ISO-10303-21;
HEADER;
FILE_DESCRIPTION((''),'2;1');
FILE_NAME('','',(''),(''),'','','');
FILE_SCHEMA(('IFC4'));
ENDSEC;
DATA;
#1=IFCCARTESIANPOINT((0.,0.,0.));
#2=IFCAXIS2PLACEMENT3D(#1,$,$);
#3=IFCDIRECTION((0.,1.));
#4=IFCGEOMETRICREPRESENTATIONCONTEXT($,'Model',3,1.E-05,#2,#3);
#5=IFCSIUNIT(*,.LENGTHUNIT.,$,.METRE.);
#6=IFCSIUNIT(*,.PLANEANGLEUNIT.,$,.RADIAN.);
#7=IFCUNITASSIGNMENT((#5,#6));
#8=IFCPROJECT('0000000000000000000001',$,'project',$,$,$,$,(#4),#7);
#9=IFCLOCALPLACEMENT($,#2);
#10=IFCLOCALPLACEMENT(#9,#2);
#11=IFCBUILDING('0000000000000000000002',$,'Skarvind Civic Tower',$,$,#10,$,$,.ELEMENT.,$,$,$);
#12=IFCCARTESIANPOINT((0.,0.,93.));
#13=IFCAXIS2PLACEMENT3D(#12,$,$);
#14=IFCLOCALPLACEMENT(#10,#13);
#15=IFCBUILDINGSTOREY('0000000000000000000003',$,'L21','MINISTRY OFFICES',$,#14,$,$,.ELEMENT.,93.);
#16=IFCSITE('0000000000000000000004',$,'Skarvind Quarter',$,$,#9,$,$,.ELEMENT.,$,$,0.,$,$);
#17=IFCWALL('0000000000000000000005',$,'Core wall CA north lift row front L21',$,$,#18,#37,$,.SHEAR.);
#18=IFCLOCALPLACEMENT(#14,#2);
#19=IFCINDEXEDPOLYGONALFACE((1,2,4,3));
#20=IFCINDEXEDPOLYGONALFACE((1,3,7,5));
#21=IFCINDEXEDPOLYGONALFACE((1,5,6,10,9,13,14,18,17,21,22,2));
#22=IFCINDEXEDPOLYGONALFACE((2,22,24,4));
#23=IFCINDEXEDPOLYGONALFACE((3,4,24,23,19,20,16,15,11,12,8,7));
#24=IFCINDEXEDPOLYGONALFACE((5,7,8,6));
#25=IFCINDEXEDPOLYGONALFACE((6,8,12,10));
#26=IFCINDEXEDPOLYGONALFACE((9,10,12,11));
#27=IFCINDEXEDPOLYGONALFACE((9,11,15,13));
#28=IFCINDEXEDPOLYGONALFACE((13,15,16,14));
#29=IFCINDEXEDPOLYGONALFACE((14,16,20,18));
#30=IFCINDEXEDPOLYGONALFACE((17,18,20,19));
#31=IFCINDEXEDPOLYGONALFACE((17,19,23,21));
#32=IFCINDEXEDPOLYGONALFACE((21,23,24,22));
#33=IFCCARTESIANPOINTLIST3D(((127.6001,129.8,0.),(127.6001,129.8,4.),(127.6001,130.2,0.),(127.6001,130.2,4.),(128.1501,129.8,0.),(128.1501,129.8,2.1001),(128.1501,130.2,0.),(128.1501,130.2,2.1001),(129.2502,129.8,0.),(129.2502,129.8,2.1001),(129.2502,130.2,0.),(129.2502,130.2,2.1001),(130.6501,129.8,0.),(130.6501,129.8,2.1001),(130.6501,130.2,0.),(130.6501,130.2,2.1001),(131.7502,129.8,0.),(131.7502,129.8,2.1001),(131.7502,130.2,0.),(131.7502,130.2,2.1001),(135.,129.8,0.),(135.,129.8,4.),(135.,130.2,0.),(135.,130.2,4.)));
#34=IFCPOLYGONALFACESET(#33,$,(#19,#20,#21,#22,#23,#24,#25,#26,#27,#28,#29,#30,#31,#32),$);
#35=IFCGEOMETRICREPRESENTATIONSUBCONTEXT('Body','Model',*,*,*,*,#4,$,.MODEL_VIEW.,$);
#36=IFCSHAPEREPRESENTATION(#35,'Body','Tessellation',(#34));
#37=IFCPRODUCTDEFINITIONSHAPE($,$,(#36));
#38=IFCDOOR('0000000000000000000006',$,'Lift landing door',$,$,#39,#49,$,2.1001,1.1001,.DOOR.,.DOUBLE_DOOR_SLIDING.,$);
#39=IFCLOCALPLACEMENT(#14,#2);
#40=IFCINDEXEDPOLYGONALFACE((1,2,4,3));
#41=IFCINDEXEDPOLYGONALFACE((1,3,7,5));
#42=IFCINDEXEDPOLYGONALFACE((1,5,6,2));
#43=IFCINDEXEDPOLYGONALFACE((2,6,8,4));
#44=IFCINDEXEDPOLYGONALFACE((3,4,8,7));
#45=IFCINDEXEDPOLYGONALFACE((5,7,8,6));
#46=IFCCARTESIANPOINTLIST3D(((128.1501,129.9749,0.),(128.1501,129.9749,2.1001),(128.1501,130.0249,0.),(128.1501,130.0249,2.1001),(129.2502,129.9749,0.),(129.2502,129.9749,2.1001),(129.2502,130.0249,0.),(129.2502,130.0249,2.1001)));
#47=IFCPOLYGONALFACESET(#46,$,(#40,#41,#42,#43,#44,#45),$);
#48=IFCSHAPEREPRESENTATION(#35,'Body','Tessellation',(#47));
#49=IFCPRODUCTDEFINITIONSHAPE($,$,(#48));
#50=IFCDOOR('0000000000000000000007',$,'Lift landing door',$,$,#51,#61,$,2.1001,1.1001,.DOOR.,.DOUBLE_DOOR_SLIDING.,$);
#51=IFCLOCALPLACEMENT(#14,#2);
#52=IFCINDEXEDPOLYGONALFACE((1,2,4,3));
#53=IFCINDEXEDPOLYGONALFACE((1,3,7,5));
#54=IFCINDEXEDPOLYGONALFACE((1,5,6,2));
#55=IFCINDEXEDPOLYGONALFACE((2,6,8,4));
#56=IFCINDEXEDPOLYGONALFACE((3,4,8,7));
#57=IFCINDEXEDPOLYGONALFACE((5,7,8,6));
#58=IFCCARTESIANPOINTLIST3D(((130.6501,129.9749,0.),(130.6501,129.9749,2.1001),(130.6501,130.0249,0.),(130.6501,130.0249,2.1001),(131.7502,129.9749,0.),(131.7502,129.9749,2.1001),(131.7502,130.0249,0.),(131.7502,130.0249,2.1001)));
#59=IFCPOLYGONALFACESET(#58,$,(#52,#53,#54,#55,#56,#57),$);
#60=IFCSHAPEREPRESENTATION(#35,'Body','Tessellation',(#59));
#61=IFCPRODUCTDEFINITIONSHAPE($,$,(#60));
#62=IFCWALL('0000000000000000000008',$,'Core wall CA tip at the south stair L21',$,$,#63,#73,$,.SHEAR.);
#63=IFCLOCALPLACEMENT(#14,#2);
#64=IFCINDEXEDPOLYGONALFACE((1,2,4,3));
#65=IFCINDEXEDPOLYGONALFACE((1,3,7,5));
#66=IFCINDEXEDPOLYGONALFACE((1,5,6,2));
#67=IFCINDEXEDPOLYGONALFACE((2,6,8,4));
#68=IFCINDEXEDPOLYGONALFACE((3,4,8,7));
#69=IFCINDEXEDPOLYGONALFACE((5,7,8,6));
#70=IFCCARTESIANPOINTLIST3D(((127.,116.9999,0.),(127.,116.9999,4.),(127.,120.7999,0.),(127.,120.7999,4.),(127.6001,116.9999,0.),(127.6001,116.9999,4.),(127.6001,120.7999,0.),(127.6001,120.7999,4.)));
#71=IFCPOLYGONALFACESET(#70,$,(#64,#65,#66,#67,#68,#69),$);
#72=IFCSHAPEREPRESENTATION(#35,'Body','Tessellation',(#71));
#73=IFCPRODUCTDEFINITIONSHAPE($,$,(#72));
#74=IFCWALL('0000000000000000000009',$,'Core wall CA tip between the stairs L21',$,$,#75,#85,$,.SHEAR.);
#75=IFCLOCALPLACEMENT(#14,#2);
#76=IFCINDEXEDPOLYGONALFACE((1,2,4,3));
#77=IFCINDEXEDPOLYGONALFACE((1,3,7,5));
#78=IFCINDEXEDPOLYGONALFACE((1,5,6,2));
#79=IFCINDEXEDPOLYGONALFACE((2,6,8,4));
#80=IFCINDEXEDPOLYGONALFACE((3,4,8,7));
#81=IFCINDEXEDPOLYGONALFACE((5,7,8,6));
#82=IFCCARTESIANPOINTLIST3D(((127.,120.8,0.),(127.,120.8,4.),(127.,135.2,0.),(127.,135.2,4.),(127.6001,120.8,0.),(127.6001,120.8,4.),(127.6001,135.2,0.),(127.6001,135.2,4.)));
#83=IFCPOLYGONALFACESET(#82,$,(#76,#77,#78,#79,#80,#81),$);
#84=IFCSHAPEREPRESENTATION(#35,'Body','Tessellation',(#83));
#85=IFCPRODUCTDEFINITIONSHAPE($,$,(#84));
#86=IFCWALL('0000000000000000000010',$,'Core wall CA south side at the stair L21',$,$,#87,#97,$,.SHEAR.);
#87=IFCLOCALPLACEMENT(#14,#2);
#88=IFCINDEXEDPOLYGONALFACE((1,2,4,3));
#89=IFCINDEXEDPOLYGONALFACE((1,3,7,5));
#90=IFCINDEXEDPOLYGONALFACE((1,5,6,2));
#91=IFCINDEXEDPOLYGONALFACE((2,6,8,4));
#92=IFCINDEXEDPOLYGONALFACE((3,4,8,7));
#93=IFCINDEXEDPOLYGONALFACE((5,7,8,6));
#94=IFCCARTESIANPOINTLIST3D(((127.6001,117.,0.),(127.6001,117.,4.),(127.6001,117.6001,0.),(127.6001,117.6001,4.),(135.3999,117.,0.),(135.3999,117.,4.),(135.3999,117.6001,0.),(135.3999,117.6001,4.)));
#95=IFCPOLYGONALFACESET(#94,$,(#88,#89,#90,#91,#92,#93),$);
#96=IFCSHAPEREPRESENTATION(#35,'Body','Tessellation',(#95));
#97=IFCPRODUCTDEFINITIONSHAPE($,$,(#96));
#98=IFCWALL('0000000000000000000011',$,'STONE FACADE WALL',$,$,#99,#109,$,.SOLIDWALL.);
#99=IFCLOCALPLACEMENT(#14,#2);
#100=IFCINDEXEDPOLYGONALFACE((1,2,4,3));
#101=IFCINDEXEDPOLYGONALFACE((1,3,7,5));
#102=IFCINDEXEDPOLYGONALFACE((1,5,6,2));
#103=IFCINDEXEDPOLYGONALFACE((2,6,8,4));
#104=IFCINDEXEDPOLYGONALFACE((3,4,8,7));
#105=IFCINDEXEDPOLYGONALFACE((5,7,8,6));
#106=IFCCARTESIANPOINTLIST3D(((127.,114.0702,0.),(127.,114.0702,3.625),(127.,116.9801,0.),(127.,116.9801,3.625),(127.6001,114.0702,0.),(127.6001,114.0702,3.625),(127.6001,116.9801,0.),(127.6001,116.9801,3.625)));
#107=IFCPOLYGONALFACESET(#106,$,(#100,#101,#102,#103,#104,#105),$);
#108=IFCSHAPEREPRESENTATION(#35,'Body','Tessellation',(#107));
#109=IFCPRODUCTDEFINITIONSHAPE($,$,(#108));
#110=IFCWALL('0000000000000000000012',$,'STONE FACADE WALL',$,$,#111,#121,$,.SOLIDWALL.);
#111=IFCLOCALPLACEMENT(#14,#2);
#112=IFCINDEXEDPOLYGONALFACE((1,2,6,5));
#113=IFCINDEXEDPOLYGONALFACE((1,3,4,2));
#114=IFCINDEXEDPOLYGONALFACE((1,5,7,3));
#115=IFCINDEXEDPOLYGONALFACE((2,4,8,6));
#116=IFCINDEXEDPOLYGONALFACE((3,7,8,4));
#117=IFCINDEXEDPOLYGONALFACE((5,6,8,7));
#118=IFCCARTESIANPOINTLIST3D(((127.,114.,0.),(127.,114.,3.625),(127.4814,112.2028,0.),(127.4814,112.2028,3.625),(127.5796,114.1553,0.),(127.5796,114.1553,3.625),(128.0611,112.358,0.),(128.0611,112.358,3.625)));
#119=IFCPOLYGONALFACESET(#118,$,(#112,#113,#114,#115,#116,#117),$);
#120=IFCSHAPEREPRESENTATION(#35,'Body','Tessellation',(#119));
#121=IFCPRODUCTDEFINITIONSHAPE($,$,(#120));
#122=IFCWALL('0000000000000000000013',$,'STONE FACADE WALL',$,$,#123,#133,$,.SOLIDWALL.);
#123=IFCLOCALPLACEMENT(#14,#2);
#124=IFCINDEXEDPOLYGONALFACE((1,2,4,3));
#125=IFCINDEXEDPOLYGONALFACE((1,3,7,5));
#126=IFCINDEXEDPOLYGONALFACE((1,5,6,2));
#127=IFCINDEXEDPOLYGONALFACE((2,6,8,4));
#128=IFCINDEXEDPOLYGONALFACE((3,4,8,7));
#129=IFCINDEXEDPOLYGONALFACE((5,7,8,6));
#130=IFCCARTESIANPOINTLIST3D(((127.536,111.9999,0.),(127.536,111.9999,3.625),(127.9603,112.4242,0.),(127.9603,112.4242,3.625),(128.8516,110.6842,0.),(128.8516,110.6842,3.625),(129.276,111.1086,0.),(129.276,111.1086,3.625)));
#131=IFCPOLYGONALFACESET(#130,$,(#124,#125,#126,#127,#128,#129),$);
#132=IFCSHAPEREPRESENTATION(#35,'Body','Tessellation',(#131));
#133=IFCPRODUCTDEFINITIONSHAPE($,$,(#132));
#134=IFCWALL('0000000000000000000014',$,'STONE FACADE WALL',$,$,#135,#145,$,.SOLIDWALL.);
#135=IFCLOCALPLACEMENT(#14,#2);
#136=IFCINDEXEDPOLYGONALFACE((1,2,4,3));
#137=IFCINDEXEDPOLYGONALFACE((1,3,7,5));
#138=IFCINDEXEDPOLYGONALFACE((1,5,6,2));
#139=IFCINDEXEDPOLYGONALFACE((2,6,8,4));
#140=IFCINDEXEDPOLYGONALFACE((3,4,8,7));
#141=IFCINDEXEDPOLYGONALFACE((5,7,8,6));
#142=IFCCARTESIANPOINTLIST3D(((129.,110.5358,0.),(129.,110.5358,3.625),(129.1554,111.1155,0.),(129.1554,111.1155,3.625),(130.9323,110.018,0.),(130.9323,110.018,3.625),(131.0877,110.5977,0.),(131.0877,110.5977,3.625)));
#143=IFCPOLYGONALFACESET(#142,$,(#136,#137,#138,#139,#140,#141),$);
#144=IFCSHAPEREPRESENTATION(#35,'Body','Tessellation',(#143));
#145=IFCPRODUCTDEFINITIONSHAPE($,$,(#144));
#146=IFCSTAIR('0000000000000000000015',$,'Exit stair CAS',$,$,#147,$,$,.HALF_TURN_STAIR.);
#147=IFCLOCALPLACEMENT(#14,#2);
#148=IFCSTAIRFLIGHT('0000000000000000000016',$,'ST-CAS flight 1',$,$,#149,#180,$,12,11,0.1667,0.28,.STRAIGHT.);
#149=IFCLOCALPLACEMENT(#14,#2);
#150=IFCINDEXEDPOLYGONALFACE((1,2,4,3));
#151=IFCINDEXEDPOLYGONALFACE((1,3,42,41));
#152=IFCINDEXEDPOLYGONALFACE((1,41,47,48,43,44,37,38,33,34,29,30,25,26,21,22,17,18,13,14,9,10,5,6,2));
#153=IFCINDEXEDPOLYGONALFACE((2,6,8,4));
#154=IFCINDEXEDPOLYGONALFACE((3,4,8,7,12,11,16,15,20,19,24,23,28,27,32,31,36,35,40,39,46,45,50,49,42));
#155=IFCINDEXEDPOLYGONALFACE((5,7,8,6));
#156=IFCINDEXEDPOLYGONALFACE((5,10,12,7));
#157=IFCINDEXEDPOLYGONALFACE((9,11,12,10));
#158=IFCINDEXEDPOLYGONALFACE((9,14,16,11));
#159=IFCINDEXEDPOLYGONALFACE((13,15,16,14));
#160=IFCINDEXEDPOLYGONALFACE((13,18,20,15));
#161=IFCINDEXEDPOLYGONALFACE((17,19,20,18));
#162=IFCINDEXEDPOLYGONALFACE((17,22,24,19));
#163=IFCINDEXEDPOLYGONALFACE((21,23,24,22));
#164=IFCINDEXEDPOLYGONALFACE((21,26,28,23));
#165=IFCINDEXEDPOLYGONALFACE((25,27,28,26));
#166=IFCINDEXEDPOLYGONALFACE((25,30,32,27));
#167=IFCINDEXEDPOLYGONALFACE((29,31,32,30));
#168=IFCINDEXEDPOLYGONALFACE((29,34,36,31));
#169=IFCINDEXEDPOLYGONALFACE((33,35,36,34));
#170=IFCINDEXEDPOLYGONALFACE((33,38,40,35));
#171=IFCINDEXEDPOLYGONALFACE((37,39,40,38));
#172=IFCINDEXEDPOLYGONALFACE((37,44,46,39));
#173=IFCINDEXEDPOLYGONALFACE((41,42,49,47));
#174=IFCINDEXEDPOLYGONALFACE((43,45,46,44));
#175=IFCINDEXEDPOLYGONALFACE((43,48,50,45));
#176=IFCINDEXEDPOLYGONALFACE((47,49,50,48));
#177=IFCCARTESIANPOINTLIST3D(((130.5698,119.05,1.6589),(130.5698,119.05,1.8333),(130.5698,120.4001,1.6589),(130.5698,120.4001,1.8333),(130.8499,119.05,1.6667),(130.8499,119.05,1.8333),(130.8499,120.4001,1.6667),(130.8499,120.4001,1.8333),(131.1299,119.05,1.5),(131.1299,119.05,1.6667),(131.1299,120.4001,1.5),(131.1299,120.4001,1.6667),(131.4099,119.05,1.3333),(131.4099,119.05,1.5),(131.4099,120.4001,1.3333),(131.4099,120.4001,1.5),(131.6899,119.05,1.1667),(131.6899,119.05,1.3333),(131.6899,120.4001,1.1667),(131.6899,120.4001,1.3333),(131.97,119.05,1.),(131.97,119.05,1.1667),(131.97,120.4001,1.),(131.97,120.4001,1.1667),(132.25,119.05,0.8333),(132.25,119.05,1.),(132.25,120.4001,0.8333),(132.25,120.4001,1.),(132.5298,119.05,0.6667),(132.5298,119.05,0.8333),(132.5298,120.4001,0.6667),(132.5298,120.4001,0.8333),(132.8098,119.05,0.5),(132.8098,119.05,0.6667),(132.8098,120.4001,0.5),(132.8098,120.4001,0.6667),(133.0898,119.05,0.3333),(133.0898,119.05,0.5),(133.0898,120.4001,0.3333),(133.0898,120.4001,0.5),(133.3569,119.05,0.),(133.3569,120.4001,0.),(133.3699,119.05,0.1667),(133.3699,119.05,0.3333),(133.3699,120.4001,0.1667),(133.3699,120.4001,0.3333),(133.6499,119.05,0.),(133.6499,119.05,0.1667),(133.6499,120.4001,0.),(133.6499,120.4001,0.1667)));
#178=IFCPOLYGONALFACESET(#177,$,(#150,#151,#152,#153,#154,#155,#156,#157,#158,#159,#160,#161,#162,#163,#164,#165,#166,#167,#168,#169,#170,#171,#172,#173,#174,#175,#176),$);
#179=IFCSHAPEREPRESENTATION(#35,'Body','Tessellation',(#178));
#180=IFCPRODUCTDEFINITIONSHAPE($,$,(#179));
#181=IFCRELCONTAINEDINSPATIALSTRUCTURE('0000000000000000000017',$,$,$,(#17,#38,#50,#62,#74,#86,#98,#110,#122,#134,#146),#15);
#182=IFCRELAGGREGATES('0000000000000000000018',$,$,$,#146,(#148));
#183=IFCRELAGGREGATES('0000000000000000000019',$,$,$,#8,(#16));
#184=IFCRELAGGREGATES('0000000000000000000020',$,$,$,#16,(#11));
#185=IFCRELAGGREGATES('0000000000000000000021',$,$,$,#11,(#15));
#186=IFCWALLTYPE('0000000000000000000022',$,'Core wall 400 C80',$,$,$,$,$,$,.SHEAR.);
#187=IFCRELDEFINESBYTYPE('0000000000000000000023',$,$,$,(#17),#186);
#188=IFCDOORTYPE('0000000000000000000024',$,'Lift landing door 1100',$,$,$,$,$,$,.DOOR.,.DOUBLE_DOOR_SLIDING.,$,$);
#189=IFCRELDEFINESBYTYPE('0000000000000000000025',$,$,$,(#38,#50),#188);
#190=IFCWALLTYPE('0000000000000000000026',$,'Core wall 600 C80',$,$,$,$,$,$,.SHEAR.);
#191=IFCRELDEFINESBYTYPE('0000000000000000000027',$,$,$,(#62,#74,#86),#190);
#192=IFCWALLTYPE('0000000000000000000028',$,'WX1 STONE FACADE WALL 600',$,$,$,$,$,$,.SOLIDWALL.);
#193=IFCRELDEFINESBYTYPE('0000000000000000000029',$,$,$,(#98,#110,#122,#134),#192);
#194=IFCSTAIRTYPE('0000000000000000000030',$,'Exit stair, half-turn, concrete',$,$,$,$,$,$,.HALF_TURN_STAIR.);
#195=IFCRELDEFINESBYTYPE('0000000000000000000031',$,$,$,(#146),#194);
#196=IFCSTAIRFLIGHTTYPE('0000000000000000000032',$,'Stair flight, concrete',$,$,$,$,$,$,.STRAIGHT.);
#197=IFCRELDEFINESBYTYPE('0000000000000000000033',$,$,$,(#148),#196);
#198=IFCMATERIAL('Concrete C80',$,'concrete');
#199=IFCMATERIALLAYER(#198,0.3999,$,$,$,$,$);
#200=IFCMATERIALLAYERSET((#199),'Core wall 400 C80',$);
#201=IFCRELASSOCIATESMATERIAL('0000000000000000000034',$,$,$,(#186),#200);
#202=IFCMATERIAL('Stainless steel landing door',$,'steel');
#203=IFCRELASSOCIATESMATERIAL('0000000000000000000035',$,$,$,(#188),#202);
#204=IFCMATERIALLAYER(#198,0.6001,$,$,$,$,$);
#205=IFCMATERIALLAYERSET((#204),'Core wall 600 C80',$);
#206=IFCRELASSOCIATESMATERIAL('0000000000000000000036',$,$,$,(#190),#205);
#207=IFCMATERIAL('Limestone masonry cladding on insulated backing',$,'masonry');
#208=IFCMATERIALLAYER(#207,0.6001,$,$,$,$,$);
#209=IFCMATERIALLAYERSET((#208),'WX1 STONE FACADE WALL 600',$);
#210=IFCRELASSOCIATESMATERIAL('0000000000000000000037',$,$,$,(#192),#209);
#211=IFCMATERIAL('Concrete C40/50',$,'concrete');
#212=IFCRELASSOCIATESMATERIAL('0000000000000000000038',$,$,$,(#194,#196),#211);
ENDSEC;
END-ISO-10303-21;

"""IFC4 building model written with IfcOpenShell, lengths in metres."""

from ifc_helpers import new_model, si_unit, direction, frame, frame_2d, origin, place, context, subcontext, project, spatial, polyline, rectangle, outline, extrude, material, layer, layer_set, type_object, element, fill, aggregate, save


model = new_model("IFC4")

# Units and contexts
model_context = context("Model", 3, precision=1e-05, world=origin(), true_north=direction((0.0, 1.0)))
body_context = subcontext(model_context, "Body", "Model", "MODEL_VIEW")
ifc_project = project(units=[si_unit("LENGTHUNIT", "METRE"), si_unit("PLANEANGLEUNIT", "RADIAN")], contexts=[model_context])

# Site, building, storey
site_placement = place(None, origin())
site = spatial("IfcSite", under=ifc_project, at=site_placement, Name="Skarvind Quarter", CompositionType="ELEMENT", RefElevation=0.0)
building_placement = place(site_placement, origin())
building = spatial("IfcBuilding", under=site, at=building_placement, Name="Skarvind Civic Tower", CompositionType="ELEMENT")
storey_placement = place(building_placement, frame((0.0, 0.0, 93.0)))
storey = spatial("IfcBuildingStorey", under=building, at=storey_placement, Name="L21", Description="MINISTRY OFFICES", CompositionType="ELEMENT", Elevation=93.0)

# Shared definitions
ifc_material_1 = material(Name="Concrete C80", Category="concrete")
ifc_layer_1 = layer(ifc_material_1, 0.3999)
ifc_layer_set_1 = layer_set([ifc_layer_1], Name="Core wall 400 C80")
wall_type_1 = type_object("IfcWallType", Name="Core wall 400 C80", PredefinedType="SHEAR", material=ifc_layer_set_1)

# Shared definitions
ifc_material_2 = material(Name="Stainless steel landing door", Category="steel")
door_type = type_object("IfcDoorType", Name="Lift landing door 1100", OperationType="DOUBLE_DOOR_SLIDING", PredefinedType="DOOR", material=ifc_material_2)

# Wall, openings, doors
wall_1_placement = place(storey_placement, frame((127.6001, 130.0, 0.0), z_axis=(0.0, 0.0, 1.0), x_axis=(1.0, 0.0, 0.0)))
wall_1 = element("IfcWall", 1, at=wall_1_placement, inside=storey, type_object=wall_type_1, Name="Core wall CA north lift row front L21", PredefinedType="SHEAR", context=body_context, shape_type="SweptSolid", body=[
    extrude(rectangle(XDim=7.3999, YDim=0.3999, at=frame_2d((3.7, 0.0))), origin(), (0.0, 0.0, 1.0), 4.0),
])
opening_1_placement = place(wall_1_placement, frame((0.55, 0.0, 0.0)))
opening_1 = element("IfcOpeningElement", 2, at=opening_1_placement, cuts=wall_1, PredefinedType="OPENING", context=body_context, shape_type="SweptSolid", body=[
    extrude(rectangle(XDim=1.1001, YDim=2.1001, at=frame_2d((0.55, 1.05))), frame((0.0, 0.21, 0.0), z_axis=(0.0, -1.0, 0.0), x_axis=(1.0, 0.0, 0.0)), (0.0, 0.0, 1.0), 0.4199),
])
opening_2_placement = place(wall_1_placement, frame((3.05, 0.0, 0.0)))
opening_2 = element("IfcOpeningElement", 3, at=opening_2_placement, cuts=wall_1, PredefinedType="OPENING", context=body_context, shape_type="SweptSolid", body=[
    extrude(rectangle(XDim=1.1001, YDim=2.1001, at=frame_2d((0.55, 1.05))), frame((0.0, 0.21, 0.0), z_axis=(0.0, -1.0, 0.0), x_axis=(1.0, 0.0, 0.0)), (0.0, 0.0, 1.0), 0.4199),
])
door_1_placement = place(opening_1_placement, origin())
door_1 = element("IfcDoor", 4, at=door_1_placement, inside=storey, type_object=door_type, Name="Lift landing door", OperationType="DOUBLE_DOOR_SLIDING", OverallHeight=2.1001, OverallWidth=1.1001, PredefinedType="DOOR", context=body_context, shape_type="SweptSolid", body=[
    extrude(rectangle(XDim=1.1001, YDim=2.1001, at=frame_2d((0.55, 1.05))), frame((0.0, 0.0249, 0.0), z_axis=(0.0, -1.0, 0.0), x_axis=(1.0, 0.0, 0.0)), (0.0, 0.0, 1.0), 0.05),
])
fill(opening_1, door_1)
door_2_placement = place(opening_2_placement, origin())
door_2 = element("IfcDoor", 5, at=door_2_placement, inside=storey, type_object=door_type, Name="Lift landing door", OperationType="DOUBLE_DOOR_SLIDING", OverallHeight=2.1001, OverallWidth=1.1001, PredefinedType="DOOR", context=body_context, shape_type="SweptSolid", body=[
    extrude(rectangle(XDim=1.1001, YDim=2.1001, at=frame_2d((0.55, 1.05))), frame((0.0, 0.0249, 0.0), z_axis=(0.0, -1.0, 0.0), x_axis=(1.0, 0.0, 0.0)), (0.0, 0.0, 1.0), 0.05),
])
fill(opening_2, door_2)

# Walls
ifc_layer_2 = layer(ifc_material_1, 0.6001)
ifc_layer_set_2 = layer_set([ifc_layer_2], Name="Core wall 600 C80")
wall_type_2 = type_object("IfcWallType", Name="Core wall 600 C80", PredefinedType="SHEAR", material=ifc_layer_set_2)
wall_2_placement = place(storey_placement, frame((127.3, 117.0, 0.0), z_axis=(0.0, 0.0, 1.0), x_axis=(0.0, 1.0, 0.0)))
element("IfcWall", 6, at=wall_2_placement, inside=storey, type_object=wall_type_2, Name="Core wall CA tip at the south stair L21", PredefinedType="SHEAR", context=body_context, shape_type="SweptSolid", body=[
    extrude(rectangle(XDim=3.8, YDim=0.6001, at=frame_2d((1.8999, 0.0))), origin(), (0.0, 0.0, 1.0), 4.0),
])
wall_3_placement = place(storey_placement, frame((127.3, 120.8, 0.0), z_axis=(0.0, 0.0, 1.0), x_axis=(0.0, 1.0, 0.0)))
element("IfcWall", 7, at=wall_3_placement, inside=storey, type_object=wall_type_2, Name="Core wall CA tip between the stairs L21", PredefinedType="SHEAR", context=body_context, shape_type="SweptSolid", body=[
    extrude(rectangle(XDim=14.3999, YDim=0.6001, at=frame_2d((7.2, 0.0))), origin(), (0.0, 0.0, 1.0), 4.0),
])
wall_4_placement = place(storey_placement, frame((127.6001, 117.3, 0.0), z_axis=(0.0, 0.0, 1.0), x_axis=(1.0, 0.0, 0.0)))
element("IfcWall", 8, at=wall_4_placement, inside=storey, type_object=wall_type_2, Name="Core wall CA south side at the stair L21", PredefinedType="SHEAR", context=body_context, shape_type="SweptSolid", body=[
    extrude(rectangle(XDim=7.7998, YDim=0.6001, at=frame_2d((3.8999, 0.0))), origin(), (0.0, 0.0, 1.0), 4.0),
])
ifc_material_3 = material(Name="Limestone masonry cladding on insulated backing", Category="masonry")
ifc_layer_3 = layer(ifc_material_3, 0.6001)
ifc_layer_set_3 = layer_set([ifc_layer_3], Name="WX1 STONE FACADE WALL 600")
wall_type_3 = type_object("IfcWallType", Name="WX1 STONE FACADE WALL 600", PredefinedType="SOLIDWALL", material=ifc_layer_set_3)
wall_5_placement = place(storey_placement, frame((127.3, 114.0701, 0.0), z_axis=(0.0, 0.0, 1.0), x_axis=(0.0, 1.0, 0.0)))
element("IfcWall", 9, at=wall_5_placement, inside=storey, type_object=wall_type_3, Name="STONE FACADE WALL", PredefinedType="SOLIDWALL", context=body_context, shape_type="SweptSolid", body=[
    extrude(rectangle(XDim=2.9099, YDim=0.6001, at=frame_2d((1.4551, 0.0))), origin(), (0.0, 0.0, 1.0), 3.625),
])
for number, where, z_axis, x_axis, name in (
    (10, (127.7712, 112.2805, 0.0), (0.0, 0.0, 1.0), (-0.258773, 0.965938, 0.0), "STONE FACADE WALL"),
    (11, (129.0637, 110.8965, 0.0), (0.0, 0.0, 1.0), (-0.707107, 0.707107, 0.0), "STONE FACADE WALL"),
):
    element("IfcWall", number, at=place(storey_placement, frame(where, z_axis=z_axis, x_axis=x_axis)), inside=storey, type_object=wall_type_3, Name=name, PredefinedType="SOLIDWALL", context=body_context, shape_type="SweptSolid", body=[
        extrude(rectangle(XDim=1.8606, YDim=0.6001, at=frame_2d((0.9302, 0.0))), origin(), (0.0, 0.0, 1.0), 3.625),
    ])
wall_6_placement = place(storey_placement, frame((131.01, 110.3079, 0.0), z_axis=(0.0, 0.0, 1.0), x_axis=(-0.96592, 0.25884, 0.0)))
element("IfcWall", 12, at=wall_6_placement, inside=storey, type_object=wall_type_3, Name="STONE FACADE WALL", PredefinedType="SOLIDWALL", context=body_context, shape_type="SweptSolid", body=[
    extrude(rectangle(XDim=2.0005, YDim=0.6001, at=frame_2d((1.0002, 0.0))), origin(), (0.0, 0.0, 1.0), 3.625),
])

# Stair, stair flight
ifc_material_4 = material(Name="Concrete C40/50", Category="concrete")
stair_type = type_object("IfcStairType", Name="Exit stair, half-turn, concrete", PredefinedType="HALF_TURN_STAIR", material=ifc_material_4)
stair_placement = place(storey_placement, origin())
stair = element("IfcStair", 13, at=stair_placement, inside=storey, type_object=stair_type, Name="Exit stair CAS", PredefinedType="HALF_TURN_STAIR")
stair_flight_type = type_object("IfcStairFlightType", Name="Stair flight, concrete", PredefinedType="STRAIGHT", material=ifc_material_4)
stair_flight_1_placement = place(storey_placement, frame((133.6499, 119.7251, 0.0), z_axis=(0.0, 0.0, 1.0), x_axis=(-1.0, 0.0, 0.0)))
stair_flight_1 = element("IfcStairFlight", 14, at=stair_flight_1_placement, type_object=stair_flight_type, Name="ST-CAS flight 1", NumberOfRisers=12, NumberOfTreads=11, PredefinedType="STRAIGHT", RiserHeight=0.1667, TreadLength=0.28, context=body_context, shape_type="SweptSolid", body=[
    extrude(outline(polyline([(0.0, 0.0), (0.0, 0.1667), (0.28, 0.1667), (0.28, 0.3333), (0.5601, 0.3333), (0.5601, 0.5), (0.8401, 0.5), (0.8401, 0.6667), (1.1201, 0.6667), (1.1201, 0.8333), (1.3999, 0.8333), (1.3999, 1.0), (1.6799, 1.0), (1.6799, 1.1667), (1.96, 1.1667), (1.96, 1.3333), (2.24, 1.3333), (2.24, 1.5), (2.52, 1.5), (2.52, 1.6667), (2.8, 1.6667), (2.8, 1.8333), (3.0801, 1.8333), (3.0801, 2.0), (3.0801, 1.6589), (0.293, 0.0), (0.0, 0.0)])), frame((0.0, 0.675, 0.0), z_axis=(0.0, -1.0, 0.0), x_axis=(1.0, 0.0, 0.0)), (0.0, 0.0, 1.0), 1.3501),
])
aggregate(stair, [stair_flight_1])

save(model, "model.ifc")
